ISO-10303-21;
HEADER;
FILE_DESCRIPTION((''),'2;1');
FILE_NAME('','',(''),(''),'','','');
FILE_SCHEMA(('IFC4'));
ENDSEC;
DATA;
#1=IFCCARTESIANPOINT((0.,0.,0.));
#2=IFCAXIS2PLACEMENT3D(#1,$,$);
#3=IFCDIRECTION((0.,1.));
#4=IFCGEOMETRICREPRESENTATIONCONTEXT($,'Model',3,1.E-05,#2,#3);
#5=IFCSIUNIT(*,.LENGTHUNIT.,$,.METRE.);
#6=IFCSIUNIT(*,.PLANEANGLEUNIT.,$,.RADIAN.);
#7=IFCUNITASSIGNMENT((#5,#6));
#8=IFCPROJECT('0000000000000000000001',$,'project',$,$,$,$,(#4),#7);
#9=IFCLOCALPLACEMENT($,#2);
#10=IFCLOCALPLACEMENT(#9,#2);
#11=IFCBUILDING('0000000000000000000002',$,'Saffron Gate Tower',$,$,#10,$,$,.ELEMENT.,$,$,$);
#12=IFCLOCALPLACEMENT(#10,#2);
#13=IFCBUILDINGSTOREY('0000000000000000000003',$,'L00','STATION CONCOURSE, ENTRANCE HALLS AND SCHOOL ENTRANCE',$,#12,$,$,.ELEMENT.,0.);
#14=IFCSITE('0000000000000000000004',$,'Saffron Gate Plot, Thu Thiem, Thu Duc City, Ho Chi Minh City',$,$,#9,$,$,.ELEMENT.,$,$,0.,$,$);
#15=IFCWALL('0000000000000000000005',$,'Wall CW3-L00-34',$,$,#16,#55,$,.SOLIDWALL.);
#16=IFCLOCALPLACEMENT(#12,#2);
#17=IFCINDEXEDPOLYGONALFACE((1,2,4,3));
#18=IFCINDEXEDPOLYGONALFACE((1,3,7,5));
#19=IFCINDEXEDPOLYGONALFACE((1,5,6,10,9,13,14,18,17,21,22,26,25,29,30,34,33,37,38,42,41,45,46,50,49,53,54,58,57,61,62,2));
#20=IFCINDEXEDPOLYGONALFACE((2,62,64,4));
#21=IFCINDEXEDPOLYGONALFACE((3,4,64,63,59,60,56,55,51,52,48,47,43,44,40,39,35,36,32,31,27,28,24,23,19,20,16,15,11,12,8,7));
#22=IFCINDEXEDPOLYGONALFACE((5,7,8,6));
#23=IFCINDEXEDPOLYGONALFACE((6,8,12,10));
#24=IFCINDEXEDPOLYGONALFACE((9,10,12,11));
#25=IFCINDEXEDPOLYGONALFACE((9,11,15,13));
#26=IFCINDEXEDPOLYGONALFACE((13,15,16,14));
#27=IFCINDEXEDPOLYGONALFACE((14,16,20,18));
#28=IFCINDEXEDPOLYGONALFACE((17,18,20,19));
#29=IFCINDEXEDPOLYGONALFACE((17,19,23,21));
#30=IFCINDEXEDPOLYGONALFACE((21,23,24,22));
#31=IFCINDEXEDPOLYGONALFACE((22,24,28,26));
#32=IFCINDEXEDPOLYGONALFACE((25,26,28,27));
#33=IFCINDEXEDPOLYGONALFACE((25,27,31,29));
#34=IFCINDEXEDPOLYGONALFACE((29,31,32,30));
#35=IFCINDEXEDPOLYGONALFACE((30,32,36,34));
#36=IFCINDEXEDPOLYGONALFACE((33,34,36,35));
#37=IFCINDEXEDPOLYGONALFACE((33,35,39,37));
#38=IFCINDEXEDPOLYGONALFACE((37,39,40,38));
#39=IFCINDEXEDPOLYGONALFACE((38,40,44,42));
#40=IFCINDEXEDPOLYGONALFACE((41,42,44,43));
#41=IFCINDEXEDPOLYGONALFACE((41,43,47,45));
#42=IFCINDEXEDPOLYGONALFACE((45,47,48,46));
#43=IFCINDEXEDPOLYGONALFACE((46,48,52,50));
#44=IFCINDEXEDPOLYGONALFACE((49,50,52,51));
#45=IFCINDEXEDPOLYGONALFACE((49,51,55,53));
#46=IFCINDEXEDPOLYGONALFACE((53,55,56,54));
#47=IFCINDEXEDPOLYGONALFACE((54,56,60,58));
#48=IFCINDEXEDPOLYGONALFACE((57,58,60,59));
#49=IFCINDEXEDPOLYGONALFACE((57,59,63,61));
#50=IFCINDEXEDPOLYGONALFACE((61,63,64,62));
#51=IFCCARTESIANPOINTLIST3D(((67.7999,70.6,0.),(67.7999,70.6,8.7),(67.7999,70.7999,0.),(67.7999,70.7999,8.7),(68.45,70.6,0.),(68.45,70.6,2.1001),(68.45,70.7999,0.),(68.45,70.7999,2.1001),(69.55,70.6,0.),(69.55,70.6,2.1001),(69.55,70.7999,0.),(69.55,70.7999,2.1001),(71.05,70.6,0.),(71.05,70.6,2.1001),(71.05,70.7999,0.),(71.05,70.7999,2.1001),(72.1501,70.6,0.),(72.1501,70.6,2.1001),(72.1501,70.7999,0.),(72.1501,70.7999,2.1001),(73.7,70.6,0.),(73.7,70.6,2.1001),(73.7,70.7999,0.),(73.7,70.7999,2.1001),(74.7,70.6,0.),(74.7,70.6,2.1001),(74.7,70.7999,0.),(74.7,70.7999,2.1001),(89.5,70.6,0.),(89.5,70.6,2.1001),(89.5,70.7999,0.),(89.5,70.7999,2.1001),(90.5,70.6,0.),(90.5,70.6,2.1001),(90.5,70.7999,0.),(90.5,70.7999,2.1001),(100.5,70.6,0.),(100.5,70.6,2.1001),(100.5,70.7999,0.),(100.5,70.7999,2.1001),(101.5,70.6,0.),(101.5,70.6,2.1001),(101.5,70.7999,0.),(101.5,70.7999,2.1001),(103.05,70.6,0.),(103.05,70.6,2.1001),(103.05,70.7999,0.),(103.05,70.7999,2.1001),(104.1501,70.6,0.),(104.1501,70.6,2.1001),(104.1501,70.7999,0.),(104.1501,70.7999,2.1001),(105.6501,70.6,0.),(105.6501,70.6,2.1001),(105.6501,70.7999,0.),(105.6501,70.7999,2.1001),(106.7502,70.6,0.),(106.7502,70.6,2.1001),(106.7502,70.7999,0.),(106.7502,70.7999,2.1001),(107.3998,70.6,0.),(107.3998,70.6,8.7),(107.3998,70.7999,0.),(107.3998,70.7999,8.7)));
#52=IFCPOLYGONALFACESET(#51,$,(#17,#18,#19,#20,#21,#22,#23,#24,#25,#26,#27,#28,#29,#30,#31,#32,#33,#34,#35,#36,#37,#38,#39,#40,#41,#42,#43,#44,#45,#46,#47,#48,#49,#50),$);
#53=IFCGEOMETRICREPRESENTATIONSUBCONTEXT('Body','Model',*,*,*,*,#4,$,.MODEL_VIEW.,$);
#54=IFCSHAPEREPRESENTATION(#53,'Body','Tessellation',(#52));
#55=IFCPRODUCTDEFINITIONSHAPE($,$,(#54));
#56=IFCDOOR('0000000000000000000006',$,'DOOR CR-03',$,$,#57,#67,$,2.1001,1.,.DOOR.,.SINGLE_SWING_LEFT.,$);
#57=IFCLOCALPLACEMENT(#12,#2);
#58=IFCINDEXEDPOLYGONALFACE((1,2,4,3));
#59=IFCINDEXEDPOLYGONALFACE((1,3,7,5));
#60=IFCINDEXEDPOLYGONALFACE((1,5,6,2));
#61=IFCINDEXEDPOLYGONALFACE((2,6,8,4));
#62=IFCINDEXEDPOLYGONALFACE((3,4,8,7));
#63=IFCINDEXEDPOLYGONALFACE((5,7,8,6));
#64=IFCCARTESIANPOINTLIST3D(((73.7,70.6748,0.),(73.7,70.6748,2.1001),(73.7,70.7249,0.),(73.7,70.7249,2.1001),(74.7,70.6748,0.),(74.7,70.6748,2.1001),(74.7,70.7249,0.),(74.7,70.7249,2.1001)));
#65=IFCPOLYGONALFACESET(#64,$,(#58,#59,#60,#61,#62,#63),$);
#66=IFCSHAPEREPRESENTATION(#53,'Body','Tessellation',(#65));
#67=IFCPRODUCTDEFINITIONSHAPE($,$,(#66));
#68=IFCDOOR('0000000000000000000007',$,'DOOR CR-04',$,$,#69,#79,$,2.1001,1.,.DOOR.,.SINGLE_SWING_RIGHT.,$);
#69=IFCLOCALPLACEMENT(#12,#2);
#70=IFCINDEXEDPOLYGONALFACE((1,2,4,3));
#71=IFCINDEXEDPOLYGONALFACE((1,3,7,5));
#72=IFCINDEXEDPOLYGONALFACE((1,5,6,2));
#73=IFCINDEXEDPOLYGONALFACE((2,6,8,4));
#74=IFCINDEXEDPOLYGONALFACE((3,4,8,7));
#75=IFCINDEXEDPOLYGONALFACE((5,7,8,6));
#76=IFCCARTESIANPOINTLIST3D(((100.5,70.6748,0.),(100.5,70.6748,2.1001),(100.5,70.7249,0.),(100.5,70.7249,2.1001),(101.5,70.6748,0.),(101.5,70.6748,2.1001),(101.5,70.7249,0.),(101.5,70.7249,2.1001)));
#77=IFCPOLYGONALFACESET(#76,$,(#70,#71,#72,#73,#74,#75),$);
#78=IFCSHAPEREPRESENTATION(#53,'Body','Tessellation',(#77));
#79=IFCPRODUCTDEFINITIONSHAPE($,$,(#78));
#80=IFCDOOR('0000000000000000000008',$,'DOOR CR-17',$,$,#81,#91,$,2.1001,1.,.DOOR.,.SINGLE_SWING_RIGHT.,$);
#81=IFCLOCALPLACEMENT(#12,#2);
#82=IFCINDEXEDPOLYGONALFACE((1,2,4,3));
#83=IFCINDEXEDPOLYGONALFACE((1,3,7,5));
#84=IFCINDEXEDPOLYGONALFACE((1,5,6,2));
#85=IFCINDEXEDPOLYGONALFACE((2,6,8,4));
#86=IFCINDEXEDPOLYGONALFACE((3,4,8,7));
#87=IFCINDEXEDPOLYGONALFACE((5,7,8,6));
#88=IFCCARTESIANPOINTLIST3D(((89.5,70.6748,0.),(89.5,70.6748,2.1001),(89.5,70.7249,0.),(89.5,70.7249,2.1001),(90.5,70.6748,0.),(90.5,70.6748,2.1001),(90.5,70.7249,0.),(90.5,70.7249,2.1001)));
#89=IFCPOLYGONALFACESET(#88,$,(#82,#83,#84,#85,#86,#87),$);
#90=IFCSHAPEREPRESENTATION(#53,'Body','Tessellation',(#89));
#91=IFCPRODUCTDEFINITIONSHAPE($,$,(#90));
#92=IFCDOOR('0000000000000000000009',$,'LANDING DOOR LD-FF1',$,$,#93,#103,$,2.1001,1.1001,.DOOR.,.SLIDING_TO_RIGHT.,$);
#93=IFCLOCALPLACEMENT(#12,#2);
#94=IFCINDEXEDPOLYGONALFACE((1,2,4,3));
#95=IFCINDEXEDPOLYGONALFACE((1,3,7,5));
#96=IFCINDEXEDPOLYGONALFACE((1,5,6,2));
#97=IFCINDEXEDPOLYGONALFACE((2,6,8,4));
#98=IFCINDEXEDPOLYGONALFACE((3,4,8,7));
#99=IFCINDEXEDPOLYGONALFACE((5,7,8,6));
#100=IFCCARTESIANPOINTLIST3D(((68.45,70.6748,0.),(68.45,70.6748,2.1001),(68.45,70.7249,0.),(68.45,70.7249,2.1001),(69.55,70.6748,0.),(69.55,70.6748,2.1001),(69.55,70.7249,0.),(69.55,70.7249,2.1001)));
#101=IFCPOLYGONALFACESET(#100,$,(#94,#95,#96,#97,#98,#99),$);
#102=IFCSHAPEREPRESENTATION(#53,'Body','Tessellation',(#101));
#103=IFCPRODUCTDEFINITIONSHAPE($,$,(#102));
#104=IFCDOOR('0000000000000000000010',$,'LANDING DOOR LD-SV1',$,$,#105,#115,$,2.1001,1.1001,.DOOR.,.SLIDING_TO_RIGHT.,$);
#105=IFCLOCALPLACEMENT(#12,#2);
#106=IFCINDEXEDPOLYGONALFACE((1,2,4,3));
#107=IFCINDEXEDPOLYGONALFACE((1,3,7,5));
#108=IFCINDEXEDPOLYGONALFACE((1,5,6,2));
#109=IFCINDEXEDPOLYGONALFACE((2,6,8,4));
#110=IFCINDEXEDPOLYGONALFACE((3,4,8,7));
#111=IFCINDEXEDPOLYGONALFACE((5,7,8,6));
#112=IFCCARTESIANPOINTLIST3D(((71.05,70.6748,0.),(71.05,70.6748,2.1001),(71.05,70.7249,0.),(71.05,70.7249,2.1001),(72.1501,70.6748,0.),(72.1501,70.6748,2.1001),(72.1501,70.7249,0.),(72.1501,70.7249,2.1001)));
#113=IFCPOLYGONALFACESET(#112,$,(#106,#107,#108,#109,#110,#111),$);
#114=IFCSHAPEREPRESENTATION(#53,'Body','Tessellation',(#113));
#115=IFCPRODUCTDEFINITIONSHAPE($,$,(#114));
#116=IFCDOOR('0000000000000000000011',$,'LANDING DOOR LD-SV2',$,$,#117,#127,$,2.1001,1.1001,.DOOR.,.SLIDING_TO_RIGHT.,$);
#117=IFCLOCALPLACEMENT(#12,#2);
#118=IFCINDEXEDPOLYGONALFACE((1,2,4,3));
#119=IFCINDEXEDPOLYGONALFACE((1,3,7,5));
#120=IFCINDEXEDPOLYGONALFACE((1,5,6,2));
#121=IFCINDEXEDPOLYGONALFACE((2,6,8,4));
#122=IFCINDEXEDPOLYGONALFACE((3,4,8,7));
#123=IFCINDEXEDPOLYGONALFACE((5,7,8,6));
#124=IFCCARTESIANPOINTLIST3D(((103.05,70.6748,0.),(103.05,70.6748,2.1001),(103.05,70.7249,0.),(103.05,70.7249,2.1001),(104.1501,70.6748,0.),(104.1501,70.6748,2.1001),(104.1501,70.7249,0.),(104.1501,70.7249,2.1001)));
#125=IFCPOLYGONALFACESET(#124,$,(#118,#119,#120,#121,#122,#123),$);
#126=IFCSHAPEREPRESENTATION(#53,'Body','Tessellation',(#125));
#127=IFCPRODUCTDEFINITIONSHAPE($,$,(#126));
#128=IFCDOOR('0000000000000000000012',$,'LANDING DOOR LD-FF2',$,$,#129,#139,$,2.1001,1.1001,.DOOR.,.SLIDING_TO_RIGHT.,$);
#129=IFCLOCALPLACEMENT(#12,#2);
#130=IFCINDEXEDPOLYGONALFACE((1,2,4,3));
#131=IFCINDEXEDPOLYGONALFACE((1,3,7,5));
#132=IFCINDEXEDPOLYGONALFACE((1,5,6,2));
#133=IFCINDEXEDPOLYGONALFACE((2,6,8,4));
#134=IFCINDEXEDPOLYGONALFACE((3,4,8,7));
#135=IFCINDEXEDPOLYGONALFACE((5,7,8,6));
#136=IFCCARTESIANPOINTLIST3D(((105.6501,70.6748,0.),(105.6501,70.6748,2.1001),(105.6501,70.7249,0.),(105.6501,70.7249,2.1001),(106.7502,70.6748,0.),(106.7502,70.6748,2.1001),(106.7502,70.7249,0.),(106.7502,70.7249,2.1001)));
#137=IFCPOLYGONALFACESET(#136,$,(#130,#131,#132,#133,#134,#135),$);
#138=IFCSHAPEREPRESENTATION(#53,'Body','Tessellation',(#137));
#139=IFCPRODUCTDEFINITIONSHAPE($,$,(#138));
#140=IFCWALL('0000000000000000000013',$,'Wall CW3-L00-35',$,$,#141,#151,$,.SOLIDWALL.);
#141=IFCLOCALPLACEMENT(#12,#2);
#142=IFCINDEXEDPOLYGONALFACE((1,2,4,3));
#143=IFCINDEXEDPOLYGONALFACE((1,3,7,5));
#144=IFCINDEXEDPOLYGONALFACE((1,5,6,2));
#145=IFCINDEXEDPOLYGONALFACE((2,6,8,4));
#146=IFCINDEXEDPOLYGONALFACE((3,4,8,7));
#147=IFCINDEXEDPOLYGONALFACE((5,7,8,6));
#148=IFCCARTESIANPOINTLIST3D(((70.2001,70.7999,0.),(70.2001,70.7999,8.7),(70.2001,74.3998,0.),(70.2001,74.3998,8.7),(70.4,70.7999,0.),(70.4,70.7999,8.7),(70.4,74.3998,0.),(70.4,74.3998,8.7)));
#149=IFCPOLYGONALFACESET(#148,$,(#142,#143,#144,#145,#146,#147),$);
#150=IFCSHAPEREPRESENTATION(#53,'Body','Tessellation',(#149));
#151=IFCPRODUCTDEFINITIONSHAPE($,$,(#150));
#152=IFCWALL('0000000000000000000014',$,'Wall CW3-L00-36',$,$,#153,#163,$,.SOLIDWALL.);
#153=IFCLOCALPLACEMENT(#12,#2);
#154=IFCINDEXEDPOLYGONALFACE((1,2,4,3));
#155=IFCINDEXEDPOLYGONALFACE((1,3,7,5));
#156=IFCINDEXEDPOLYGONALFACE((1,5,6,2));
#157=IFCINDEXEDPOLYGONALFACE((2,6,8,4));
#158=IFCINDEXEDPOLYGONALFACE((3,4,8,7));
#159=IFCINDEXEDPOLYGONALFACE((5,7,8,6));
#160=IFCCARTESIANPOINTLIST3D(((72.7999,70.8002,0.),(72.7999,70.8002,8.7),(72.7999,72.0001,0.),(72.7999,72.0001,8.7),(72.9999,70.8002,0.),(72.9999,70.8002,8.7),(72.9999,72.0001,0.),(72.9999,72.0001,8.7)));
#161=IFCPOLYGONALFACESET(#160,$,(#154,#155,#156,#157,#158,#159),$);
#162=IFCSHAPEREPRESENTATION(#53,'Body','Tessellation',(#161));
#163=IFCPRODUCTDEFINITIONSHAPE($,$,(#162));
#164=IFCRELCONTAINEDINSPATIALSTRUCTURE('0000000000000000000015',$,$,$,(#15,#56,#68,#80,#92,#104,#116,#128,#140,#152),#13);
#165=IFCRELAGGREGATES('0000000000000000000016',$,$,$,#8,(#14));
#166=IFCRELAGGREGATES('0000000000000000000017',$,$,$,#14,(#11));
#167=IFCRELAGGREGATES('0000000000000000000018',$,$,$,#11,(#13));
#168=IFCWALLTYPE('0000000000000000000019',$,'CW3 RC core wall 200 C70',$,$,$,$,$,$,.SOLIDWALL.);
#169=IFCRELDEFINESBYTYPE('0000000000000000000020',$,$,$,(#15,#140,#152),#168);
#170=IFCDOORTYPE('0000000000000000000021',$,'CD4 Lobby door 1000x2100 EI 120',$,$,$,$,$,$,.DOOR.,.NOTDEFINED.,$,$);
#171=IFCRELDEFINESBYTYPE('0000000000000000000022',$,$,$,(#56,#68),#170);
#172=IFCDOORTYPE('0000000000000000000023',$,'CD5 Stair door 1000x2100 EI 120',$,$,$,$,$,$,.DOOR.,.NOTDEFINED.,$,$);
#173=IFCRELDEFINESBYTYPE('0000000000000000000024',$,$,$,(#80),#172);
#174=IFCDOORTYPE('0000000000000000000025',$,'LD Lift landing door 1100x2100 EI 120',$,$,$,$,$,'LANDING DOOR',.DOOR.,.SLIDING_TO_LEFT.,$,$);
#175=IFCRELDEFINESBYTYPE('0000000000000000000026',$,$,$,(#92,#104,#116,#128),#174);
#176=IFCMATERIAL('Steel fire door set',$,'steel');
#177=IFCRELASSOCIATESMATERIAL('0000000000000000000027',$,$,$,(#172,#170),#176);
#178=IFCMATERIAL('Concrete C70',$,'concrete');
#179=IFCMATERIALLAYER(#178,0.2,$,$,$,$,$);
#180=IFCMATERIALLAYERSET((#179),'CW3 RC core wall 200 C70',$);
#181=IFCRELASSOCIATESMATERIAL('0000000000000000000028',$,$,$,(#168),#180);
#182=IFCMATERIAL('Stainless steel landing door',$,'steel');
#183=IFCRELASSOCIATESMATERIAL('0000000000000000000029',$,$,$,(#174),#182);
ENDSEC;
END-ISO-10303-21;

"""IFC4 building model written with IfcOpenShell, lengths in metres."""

from ifc_helpers import new_model, si_unit, direction, frame, frame_2d, origin, place, context, subcontext, project, spatial, rectangle, extrude, material, layer, layer_set, type_object, element, fill, save


model = new_model("IFC4")

# Units and contexts
model_context = context("Model", 3, precision=1e-05, world=origin(), true_north=direction((0.0, 1.0)))
body_context = subcontext(model_context, "Body", "Model", "MODEL_VIEW")
ifc_project = project(units=[si_unit("LENGTHUNIT", "METRE"), si_unit("PLANEANGLEUNIT", "RADIAN")], contexts=[model_context])

# Site, building, storey
site_placement = place(None, origin())
site = spatial("IfcSite", under=ifc_project, at=site_placement, Name="Saffron Gate Plot, Thu Thiem, Thu Duc City, Ho Chi Minh City", CompositionType="ELEMENT", RefElevation=0.0)
building_placement = place(site_placement, origin())
building = spatial("IfcBuilding", under=site, at=building_placement, Name="Saffron Gate Tower", CompositionType="ELEMENT")
storey_placement = place(building_placement, origin())
storey = spatial("IfcBuildingStorey", under=building, at=storey_placement, Name="L00", Description="STATION CONCOURSE, ENTRANCE HALLS AND SCHOOL ENTRANCE", CompositionType="ELEMENT", Elevation=0.0)

# Wall, openings, doors
ifc_material_1 = material(Name="Concrete C70", Category="concrete")
ifc_material_2 = material(Name="Steel fire door set", Category="steel")
door_type_1 = type_object("IfcDoorType", Name="CD5 Stair door 1000x2100 EI 120", OperationType="NOTDEFINED", PredefinedType="DOOR", material=ifc_material_2)
ifc_layer_1 = layer(ifc_material_1, 0.2)
ifc_layer_set_1 = layer_set([ifc_layer_1], Name="CW3 RC core wall 200 C70")
wall_type_1 = type_object("IfcWallType", Name="CW3 RC core wall 200 C70", PredefinedType="SOLIDWALL", material=ifc_layer_set_1)
wall_1_placement = place(storey_placement, frame((67.8, 70.7, 0.0), z_axis=(0.0, 0.0, 1.0), x_axis=(1.0, 0.0, 0.0)))
wall_1 = element("IfcWall", 1, at=wall_1_placement, inside=storey, type_object=wall_type_1, Name="Wall CW3-L00-34", PredefinedType="SOLIDWALL", context=body_context, shape_type="SweptSolid", body=[
    extrude(rectangle(XDim=39.5999, YDim=0.2, at=frame_2d((19.7998, 0.0))), origin(), (0.0, 0.0, 1.0), 8.7),
])
opening_1_placement = place(wall_1_placement, frame((0.6499, 0.0, 0.0)))
opening_1 = element("IfcOpeningElement", 2, at=opening_1_placement, cuts=wall_1, PredefinedType="OPENING", context=body_context, shape_type="SweptSolid", body=[
    extrude(rectangle(XDim=1.1001, YDim=2.1001, at=frame_2d((0.55, 1.05))), frame((0.0, 0.1099, 0.0), z_axis=(0.0, -1.0, 0.0), x_axis=(1.0, 0.0, 0.0)), (0.0, 0.0, 1.0), 0.22),
])
opening_2_placement = place(wall_1_placement, frame((3.25, 0.0, 0.0)))
opening_2 = element("IfcOpeningElement", 3, at=opening_2_placement, cuts=wall_1, PredefinedType="OPENING", context=body_context, shape_type="SweptSolid", body=[
    extrude(rectangle(XDim=1.1001, YDim=2.1001, at=frame_2d((0.55, 1.05))), frame((0.0, 0.1099, 0.0), z_axis=(0.0, -1.0, 0.0), x_axis=(1.0, 0.0, 0.0)), (0.0, 0.0, 1.0), 0.22),
])
opening_3_placement = place(wall_1_placement, frame((5.8999, 0.0, 0.0)))
opening_3 = element("IfcOpeningElement", 4, at=opening_3_placement, cuts=wall_1, PredefinedType="OPENING", context=body_context, shape_type="SweptSolid", body=[
    extrude(rectangle(XDim=1.0, YDim=2.1001, at=frame_2d((0.5, 1.05))), frame((0.0, 0.1099, 0.0), z_axis=(0.0, -1.0, 0.0), x_axis=(1.0, 0.0, 0.0)), (0.0, 0.0, 1.0), 0.22),
])
opening_4_placement = place(wall_1_placement, frame((21.7, 0.0, 0.0)))
opening_4 = element("IfcOpeningElement", 5, at=opening_4_placement, cuts=wall_1, PredefinedType="OPENING", context=body_context, shape_type="SweptSolid", body=[
    extrude(rectangle(XDim=1.0, YDim=2.1001, at=frame_2d((0.5, 1.05))), frame((0.0, 0.1099, 0.0), z_axis=(0.0, -1.0, 0.0), x_axis=(1.0, 0.0, 0.0)), (0.0, 0.0, 1.0), 0.22),
])
opening_5_placement = place(wall_1_placement, frame((32.7, 0.0, 0.0)))
opening_5 = element("IfcOpeningElement", 6, at=opening_5_placement, cuts=wall_1, PredefinedType="OPENING", context=body_context, shape_type="SweptSolid", body=[
    extrude(rectangle(XDim=1.0, YDim=2.1001, at=frame_2d((0.5, 1.05))), frame((0.0, 0.1099, 0.0), z_axis=(0.0, -1.0, 0.0), x_axis=(1.0, 0.0, 0.0)), (0.0, 0.0, 1.0), 0.22),
])
opening_6_placement = place(wall_1_placement, frame((35.25, 0.0, 0.0)))
opening_6 = element("IfcOpeningElement", 7, at=opening_6_placement, cuts=wall_1, PredefinedType="OPENING", context=body_context, shape_type="SweptSolid", body=[
    extrude(rectangle(XDim=1.1001, YDim=2.1001, at=frame_2d((0.55, 1.05))), frame((0.0, 0.1099, 0.0), z_axis=(0.0, -1.0, 0.0), x_axis=(1.0, 0.0, 0.0)), (0.0, 0.0, 1.0), 0.22),
])
opening_7_placement = place(wall_1_placement, frame((37.8501, 0.0, 0.0)))
opening_7 = element("IfcOpeningElement", 8, at=opening_7_placement, cuts=wall_1, PredefinedType="OPENING", context=body_context, shape_type="SweptSolid", body=[
    extrude(rectangle(XDim=1.1001, YDim=2.1001, at=frame_2d((0.55, 1.05))), frame((0.0, 0.1099, 0.0), z_axis=(0.0, -1.0, 0.0), x_axis=(1.0, 0.0, 0.0)), (0.0, 0.0, 1.0), 0.22),
])
door_type_2 = type_object("IfcDoorType", Name="CD4 Lobby door 1000x2100 EI 120", OperationType="NOTDEFINED", PredefinedType="DOOR", material=ifc_material_2)
door_1_placement = place(opening_3_placement, origin())
door_1 = element("IfcDoor", 9, at=door_1_placement, inside=storey, type_object=door_type_2, Name="DOOR CR-03", OperationType="SINGLE_SWING_LEFT", OverallHeight=2.1001, OverallWidth=1.0, PredefinedType="DOOR", context=body_context, shape_type="SweptSolid", body=[
    extrude(rectangle(XDim=1.0, YDim=2.1001, at=frame_2d((0.5, 1.05))), frame((0.0, 0.0249, 0.0), z_axis=(0.0, -1.0, 0.0), x_axis=(1.0, 0.0, 0.0)), (0.0, 0.0, 1.0), 0.05),
])
fill(opening_3, door_1)
door_2_placement = place(opening_5_placement, origin())
door_2 = element("IfcDoor", 10, at=door_2_placement, inside=storey, type_object=door_type_2, Name="DOOR CR-04", OperationType="SINGLE_SWING_RIGHT", OverallHeight=2.1001, OverallWidth=1.0, PredefinedType="DOOR", context=body_context, shape_type="SweptSolid", body=[
    extrude(rectangle(XDim=1.0, YDim=2.1001, at=frame_2d((0.5, 1.05))), frame((0.0, 0.0249, 0.0), z_axis=(0.0, -1.0, 0.0), x_axis=(1.0, 0.0, 0.0)), (0.0, 0.0, 1.0), 0.05),
])
fill(opening_5, door_2)
door_3_placement = place(opening_4_placement, origin())
door_3 = element("IfcDoor", 11, at=door_3_placement, inside=storey, type_object=door_type_1, Name="DOOR CR-17", OperationType="SINGLE_SWING_RIGHT", OverallHeight=2.1001, OverallWidth=1.0, PredefinedType="DOOR", context=body_context, shape_type="SweptSolid", body=[
    extrude(rectangle(XDim=1.0, YDim=2.1001, at=frame_2d((0.5, 1.05))), frame((0.0, 0.0249, 0.0), z_axis=(0.0, -1.0, 0.0), x_axis=(1.0, 0.0, 0.0)), (0.0, 0.0, 1.0), 0.05),
])
fill(opening_4, door_3)
ifc_material_3 = material(Name="Stainless steel landing door", Category="steel")
door_type_3 = type_object("IfcDoorType", Name="LD Lift landing door 1100x2100 EI 120", ElementType="LANDING DOOR", OperationType="SLIDING_TO_LEFT", PredefinedType="DOOR", material=ifc_material_3)
door_4_placement = place(opening_1_placement, origin())
door_4 = element("IfcDoor", 12, at=door_4_placement, inside=storey, type_object=door_type_3, Name="LANDING DOOR LD-FF1", OperationType="SLIDING_TO_RIGHT", OverallHeight=2.1001, OverallWidth=1.1001, PredefinedType="DOOR", context=body_context, shape_type="SweptSolid", body=[
    extrude(rectangle(XDim=1.1001, YDim=2.1001, at=frame_2d((0.55, 1.05))), frame((0.0, 0.0249, 0.0), z_axis=(0.0, -1.0, 0.0), x_axis=(1.0, 0.0, 0.0)), (0.0, 0.0, 1.0), 0.05),
])
fill(opening_1, door_4)
door_5_placement = place(opening_2_placement, origin())
door_5 = element("IfcDoor", 13, at=door_5_placement, inside=storey, type_object=door_type_3, Name="LANDING DOOR LD-SV1", OperationType="SLIDING_TO_RIGHT", OverallHeight=2.1001, OverallWidth=1.1001, PredefinedType="DOOR", context=body_context, shape_type="SweptSolid", body=[
    extrude(rectangle(XDim=1.1001, YDim=2.1001, at=frame_2d((0.55, 1.05))), frame((0.0, 0.0249, 0.0), z_axis=(0.0, -1.0, 0.0), x_axis=(1.0, 0.0, 0.0)), (0.0, 0.0, 1.0), 0.05),
])
fill(opening_2, door_5)
door_6_placement = place(opening_6_placement, origin())
door_6 = element("IfcDoor", 14, at=door_6_placement, inside=storey, type_object=door_type_3, Name="LANDING DOOR LD-SV2", OperationType="SLIDING_TO_RIGHT", OverallHeight=2.1001, OverallWidth=1.1001, PredefinedType="DOOR", context=body_context, shape_type="SweptSolid", body=[
    extrude(rectangle(XDim=1.1001, YDim=2.1001, at=frame_2d((0.55, 1.05))), frame((0.0, 0.0249, 0.0), z_axis=(0.0, -1.0, 0.0), x_axis=(1.0, 0.0, 0.0)), (0.0, 0.0, 1.0), 0.05),
])
fill(opening_6, door_6)
door_7_placement = place(opening_7_placement, origin())
door_7 = element("IfcDoor", 15, at=door_7_placement, inside=storey, type_object=door_type_3, Name="LANDING DOOR LD-FF2", OperationType="SLIDING_TO_RIGHT", OverallHeight=2.1001, OverallWidth=1.1001, PredefinedType="DOOR", context=body_context, shape_type="SweptSolid", body=[
    extrude(rectangle(XDim=1.1001, YDim=2.1001, at=frame_2d((0.55, 1.05))), frame((0.0, 0.0249, 0.0), z_axis=(0.0, -1.0, 0.0), x_axis=(1.0, 0.0, 0.0)), (0.0, 0.0, 1.0), 0.05),
])
fill(opening_7, door_7)

# Walls
wall_2_placement = place(storey_placement, frame((70.3, 70.8, 0.0), z_axis=(0.0, 0.0, 1.0), x_axis=(0.0, 1.0, 0.0)))
element("IfcWall", 16, at=wall_2_placement, inside=storey, type_object=wall_type_1, Name="Wall CW3-L00-35", PredefinedType="SOLIDWALL", context=body_context, shape_type="SweptSolid", body=[
    extrude(rectangle(XDim=3.5999, YDim=0.2, at=frame_2d((1.7998, 0.0))), origin(), (0.0, 0.0, 1.0), 8.7),
])
wall_3_placement = place(storey_placement, frame((72.8999, 70.8, 0.0), z_axis=(0.0, 0.0, 1.0), x_axis=(0.0, 1.0, 0.0)))
element("IfcWall", 17, at=wall_3_placement, inside=storey, type_object=wall_type_1, Name="Wall CW3-L00-36", PredefinedType="SOLIDWALL", context=body_context, shape_type="SweptSolid", body=[
    extrude(rectangle(XDim=1.2, YDim=0.2, at=frame_2d((0.6001, 0.0))), origin(), (0.0, 0.0, 1.0), 8.7),
])

save(model, "model.ifc")
